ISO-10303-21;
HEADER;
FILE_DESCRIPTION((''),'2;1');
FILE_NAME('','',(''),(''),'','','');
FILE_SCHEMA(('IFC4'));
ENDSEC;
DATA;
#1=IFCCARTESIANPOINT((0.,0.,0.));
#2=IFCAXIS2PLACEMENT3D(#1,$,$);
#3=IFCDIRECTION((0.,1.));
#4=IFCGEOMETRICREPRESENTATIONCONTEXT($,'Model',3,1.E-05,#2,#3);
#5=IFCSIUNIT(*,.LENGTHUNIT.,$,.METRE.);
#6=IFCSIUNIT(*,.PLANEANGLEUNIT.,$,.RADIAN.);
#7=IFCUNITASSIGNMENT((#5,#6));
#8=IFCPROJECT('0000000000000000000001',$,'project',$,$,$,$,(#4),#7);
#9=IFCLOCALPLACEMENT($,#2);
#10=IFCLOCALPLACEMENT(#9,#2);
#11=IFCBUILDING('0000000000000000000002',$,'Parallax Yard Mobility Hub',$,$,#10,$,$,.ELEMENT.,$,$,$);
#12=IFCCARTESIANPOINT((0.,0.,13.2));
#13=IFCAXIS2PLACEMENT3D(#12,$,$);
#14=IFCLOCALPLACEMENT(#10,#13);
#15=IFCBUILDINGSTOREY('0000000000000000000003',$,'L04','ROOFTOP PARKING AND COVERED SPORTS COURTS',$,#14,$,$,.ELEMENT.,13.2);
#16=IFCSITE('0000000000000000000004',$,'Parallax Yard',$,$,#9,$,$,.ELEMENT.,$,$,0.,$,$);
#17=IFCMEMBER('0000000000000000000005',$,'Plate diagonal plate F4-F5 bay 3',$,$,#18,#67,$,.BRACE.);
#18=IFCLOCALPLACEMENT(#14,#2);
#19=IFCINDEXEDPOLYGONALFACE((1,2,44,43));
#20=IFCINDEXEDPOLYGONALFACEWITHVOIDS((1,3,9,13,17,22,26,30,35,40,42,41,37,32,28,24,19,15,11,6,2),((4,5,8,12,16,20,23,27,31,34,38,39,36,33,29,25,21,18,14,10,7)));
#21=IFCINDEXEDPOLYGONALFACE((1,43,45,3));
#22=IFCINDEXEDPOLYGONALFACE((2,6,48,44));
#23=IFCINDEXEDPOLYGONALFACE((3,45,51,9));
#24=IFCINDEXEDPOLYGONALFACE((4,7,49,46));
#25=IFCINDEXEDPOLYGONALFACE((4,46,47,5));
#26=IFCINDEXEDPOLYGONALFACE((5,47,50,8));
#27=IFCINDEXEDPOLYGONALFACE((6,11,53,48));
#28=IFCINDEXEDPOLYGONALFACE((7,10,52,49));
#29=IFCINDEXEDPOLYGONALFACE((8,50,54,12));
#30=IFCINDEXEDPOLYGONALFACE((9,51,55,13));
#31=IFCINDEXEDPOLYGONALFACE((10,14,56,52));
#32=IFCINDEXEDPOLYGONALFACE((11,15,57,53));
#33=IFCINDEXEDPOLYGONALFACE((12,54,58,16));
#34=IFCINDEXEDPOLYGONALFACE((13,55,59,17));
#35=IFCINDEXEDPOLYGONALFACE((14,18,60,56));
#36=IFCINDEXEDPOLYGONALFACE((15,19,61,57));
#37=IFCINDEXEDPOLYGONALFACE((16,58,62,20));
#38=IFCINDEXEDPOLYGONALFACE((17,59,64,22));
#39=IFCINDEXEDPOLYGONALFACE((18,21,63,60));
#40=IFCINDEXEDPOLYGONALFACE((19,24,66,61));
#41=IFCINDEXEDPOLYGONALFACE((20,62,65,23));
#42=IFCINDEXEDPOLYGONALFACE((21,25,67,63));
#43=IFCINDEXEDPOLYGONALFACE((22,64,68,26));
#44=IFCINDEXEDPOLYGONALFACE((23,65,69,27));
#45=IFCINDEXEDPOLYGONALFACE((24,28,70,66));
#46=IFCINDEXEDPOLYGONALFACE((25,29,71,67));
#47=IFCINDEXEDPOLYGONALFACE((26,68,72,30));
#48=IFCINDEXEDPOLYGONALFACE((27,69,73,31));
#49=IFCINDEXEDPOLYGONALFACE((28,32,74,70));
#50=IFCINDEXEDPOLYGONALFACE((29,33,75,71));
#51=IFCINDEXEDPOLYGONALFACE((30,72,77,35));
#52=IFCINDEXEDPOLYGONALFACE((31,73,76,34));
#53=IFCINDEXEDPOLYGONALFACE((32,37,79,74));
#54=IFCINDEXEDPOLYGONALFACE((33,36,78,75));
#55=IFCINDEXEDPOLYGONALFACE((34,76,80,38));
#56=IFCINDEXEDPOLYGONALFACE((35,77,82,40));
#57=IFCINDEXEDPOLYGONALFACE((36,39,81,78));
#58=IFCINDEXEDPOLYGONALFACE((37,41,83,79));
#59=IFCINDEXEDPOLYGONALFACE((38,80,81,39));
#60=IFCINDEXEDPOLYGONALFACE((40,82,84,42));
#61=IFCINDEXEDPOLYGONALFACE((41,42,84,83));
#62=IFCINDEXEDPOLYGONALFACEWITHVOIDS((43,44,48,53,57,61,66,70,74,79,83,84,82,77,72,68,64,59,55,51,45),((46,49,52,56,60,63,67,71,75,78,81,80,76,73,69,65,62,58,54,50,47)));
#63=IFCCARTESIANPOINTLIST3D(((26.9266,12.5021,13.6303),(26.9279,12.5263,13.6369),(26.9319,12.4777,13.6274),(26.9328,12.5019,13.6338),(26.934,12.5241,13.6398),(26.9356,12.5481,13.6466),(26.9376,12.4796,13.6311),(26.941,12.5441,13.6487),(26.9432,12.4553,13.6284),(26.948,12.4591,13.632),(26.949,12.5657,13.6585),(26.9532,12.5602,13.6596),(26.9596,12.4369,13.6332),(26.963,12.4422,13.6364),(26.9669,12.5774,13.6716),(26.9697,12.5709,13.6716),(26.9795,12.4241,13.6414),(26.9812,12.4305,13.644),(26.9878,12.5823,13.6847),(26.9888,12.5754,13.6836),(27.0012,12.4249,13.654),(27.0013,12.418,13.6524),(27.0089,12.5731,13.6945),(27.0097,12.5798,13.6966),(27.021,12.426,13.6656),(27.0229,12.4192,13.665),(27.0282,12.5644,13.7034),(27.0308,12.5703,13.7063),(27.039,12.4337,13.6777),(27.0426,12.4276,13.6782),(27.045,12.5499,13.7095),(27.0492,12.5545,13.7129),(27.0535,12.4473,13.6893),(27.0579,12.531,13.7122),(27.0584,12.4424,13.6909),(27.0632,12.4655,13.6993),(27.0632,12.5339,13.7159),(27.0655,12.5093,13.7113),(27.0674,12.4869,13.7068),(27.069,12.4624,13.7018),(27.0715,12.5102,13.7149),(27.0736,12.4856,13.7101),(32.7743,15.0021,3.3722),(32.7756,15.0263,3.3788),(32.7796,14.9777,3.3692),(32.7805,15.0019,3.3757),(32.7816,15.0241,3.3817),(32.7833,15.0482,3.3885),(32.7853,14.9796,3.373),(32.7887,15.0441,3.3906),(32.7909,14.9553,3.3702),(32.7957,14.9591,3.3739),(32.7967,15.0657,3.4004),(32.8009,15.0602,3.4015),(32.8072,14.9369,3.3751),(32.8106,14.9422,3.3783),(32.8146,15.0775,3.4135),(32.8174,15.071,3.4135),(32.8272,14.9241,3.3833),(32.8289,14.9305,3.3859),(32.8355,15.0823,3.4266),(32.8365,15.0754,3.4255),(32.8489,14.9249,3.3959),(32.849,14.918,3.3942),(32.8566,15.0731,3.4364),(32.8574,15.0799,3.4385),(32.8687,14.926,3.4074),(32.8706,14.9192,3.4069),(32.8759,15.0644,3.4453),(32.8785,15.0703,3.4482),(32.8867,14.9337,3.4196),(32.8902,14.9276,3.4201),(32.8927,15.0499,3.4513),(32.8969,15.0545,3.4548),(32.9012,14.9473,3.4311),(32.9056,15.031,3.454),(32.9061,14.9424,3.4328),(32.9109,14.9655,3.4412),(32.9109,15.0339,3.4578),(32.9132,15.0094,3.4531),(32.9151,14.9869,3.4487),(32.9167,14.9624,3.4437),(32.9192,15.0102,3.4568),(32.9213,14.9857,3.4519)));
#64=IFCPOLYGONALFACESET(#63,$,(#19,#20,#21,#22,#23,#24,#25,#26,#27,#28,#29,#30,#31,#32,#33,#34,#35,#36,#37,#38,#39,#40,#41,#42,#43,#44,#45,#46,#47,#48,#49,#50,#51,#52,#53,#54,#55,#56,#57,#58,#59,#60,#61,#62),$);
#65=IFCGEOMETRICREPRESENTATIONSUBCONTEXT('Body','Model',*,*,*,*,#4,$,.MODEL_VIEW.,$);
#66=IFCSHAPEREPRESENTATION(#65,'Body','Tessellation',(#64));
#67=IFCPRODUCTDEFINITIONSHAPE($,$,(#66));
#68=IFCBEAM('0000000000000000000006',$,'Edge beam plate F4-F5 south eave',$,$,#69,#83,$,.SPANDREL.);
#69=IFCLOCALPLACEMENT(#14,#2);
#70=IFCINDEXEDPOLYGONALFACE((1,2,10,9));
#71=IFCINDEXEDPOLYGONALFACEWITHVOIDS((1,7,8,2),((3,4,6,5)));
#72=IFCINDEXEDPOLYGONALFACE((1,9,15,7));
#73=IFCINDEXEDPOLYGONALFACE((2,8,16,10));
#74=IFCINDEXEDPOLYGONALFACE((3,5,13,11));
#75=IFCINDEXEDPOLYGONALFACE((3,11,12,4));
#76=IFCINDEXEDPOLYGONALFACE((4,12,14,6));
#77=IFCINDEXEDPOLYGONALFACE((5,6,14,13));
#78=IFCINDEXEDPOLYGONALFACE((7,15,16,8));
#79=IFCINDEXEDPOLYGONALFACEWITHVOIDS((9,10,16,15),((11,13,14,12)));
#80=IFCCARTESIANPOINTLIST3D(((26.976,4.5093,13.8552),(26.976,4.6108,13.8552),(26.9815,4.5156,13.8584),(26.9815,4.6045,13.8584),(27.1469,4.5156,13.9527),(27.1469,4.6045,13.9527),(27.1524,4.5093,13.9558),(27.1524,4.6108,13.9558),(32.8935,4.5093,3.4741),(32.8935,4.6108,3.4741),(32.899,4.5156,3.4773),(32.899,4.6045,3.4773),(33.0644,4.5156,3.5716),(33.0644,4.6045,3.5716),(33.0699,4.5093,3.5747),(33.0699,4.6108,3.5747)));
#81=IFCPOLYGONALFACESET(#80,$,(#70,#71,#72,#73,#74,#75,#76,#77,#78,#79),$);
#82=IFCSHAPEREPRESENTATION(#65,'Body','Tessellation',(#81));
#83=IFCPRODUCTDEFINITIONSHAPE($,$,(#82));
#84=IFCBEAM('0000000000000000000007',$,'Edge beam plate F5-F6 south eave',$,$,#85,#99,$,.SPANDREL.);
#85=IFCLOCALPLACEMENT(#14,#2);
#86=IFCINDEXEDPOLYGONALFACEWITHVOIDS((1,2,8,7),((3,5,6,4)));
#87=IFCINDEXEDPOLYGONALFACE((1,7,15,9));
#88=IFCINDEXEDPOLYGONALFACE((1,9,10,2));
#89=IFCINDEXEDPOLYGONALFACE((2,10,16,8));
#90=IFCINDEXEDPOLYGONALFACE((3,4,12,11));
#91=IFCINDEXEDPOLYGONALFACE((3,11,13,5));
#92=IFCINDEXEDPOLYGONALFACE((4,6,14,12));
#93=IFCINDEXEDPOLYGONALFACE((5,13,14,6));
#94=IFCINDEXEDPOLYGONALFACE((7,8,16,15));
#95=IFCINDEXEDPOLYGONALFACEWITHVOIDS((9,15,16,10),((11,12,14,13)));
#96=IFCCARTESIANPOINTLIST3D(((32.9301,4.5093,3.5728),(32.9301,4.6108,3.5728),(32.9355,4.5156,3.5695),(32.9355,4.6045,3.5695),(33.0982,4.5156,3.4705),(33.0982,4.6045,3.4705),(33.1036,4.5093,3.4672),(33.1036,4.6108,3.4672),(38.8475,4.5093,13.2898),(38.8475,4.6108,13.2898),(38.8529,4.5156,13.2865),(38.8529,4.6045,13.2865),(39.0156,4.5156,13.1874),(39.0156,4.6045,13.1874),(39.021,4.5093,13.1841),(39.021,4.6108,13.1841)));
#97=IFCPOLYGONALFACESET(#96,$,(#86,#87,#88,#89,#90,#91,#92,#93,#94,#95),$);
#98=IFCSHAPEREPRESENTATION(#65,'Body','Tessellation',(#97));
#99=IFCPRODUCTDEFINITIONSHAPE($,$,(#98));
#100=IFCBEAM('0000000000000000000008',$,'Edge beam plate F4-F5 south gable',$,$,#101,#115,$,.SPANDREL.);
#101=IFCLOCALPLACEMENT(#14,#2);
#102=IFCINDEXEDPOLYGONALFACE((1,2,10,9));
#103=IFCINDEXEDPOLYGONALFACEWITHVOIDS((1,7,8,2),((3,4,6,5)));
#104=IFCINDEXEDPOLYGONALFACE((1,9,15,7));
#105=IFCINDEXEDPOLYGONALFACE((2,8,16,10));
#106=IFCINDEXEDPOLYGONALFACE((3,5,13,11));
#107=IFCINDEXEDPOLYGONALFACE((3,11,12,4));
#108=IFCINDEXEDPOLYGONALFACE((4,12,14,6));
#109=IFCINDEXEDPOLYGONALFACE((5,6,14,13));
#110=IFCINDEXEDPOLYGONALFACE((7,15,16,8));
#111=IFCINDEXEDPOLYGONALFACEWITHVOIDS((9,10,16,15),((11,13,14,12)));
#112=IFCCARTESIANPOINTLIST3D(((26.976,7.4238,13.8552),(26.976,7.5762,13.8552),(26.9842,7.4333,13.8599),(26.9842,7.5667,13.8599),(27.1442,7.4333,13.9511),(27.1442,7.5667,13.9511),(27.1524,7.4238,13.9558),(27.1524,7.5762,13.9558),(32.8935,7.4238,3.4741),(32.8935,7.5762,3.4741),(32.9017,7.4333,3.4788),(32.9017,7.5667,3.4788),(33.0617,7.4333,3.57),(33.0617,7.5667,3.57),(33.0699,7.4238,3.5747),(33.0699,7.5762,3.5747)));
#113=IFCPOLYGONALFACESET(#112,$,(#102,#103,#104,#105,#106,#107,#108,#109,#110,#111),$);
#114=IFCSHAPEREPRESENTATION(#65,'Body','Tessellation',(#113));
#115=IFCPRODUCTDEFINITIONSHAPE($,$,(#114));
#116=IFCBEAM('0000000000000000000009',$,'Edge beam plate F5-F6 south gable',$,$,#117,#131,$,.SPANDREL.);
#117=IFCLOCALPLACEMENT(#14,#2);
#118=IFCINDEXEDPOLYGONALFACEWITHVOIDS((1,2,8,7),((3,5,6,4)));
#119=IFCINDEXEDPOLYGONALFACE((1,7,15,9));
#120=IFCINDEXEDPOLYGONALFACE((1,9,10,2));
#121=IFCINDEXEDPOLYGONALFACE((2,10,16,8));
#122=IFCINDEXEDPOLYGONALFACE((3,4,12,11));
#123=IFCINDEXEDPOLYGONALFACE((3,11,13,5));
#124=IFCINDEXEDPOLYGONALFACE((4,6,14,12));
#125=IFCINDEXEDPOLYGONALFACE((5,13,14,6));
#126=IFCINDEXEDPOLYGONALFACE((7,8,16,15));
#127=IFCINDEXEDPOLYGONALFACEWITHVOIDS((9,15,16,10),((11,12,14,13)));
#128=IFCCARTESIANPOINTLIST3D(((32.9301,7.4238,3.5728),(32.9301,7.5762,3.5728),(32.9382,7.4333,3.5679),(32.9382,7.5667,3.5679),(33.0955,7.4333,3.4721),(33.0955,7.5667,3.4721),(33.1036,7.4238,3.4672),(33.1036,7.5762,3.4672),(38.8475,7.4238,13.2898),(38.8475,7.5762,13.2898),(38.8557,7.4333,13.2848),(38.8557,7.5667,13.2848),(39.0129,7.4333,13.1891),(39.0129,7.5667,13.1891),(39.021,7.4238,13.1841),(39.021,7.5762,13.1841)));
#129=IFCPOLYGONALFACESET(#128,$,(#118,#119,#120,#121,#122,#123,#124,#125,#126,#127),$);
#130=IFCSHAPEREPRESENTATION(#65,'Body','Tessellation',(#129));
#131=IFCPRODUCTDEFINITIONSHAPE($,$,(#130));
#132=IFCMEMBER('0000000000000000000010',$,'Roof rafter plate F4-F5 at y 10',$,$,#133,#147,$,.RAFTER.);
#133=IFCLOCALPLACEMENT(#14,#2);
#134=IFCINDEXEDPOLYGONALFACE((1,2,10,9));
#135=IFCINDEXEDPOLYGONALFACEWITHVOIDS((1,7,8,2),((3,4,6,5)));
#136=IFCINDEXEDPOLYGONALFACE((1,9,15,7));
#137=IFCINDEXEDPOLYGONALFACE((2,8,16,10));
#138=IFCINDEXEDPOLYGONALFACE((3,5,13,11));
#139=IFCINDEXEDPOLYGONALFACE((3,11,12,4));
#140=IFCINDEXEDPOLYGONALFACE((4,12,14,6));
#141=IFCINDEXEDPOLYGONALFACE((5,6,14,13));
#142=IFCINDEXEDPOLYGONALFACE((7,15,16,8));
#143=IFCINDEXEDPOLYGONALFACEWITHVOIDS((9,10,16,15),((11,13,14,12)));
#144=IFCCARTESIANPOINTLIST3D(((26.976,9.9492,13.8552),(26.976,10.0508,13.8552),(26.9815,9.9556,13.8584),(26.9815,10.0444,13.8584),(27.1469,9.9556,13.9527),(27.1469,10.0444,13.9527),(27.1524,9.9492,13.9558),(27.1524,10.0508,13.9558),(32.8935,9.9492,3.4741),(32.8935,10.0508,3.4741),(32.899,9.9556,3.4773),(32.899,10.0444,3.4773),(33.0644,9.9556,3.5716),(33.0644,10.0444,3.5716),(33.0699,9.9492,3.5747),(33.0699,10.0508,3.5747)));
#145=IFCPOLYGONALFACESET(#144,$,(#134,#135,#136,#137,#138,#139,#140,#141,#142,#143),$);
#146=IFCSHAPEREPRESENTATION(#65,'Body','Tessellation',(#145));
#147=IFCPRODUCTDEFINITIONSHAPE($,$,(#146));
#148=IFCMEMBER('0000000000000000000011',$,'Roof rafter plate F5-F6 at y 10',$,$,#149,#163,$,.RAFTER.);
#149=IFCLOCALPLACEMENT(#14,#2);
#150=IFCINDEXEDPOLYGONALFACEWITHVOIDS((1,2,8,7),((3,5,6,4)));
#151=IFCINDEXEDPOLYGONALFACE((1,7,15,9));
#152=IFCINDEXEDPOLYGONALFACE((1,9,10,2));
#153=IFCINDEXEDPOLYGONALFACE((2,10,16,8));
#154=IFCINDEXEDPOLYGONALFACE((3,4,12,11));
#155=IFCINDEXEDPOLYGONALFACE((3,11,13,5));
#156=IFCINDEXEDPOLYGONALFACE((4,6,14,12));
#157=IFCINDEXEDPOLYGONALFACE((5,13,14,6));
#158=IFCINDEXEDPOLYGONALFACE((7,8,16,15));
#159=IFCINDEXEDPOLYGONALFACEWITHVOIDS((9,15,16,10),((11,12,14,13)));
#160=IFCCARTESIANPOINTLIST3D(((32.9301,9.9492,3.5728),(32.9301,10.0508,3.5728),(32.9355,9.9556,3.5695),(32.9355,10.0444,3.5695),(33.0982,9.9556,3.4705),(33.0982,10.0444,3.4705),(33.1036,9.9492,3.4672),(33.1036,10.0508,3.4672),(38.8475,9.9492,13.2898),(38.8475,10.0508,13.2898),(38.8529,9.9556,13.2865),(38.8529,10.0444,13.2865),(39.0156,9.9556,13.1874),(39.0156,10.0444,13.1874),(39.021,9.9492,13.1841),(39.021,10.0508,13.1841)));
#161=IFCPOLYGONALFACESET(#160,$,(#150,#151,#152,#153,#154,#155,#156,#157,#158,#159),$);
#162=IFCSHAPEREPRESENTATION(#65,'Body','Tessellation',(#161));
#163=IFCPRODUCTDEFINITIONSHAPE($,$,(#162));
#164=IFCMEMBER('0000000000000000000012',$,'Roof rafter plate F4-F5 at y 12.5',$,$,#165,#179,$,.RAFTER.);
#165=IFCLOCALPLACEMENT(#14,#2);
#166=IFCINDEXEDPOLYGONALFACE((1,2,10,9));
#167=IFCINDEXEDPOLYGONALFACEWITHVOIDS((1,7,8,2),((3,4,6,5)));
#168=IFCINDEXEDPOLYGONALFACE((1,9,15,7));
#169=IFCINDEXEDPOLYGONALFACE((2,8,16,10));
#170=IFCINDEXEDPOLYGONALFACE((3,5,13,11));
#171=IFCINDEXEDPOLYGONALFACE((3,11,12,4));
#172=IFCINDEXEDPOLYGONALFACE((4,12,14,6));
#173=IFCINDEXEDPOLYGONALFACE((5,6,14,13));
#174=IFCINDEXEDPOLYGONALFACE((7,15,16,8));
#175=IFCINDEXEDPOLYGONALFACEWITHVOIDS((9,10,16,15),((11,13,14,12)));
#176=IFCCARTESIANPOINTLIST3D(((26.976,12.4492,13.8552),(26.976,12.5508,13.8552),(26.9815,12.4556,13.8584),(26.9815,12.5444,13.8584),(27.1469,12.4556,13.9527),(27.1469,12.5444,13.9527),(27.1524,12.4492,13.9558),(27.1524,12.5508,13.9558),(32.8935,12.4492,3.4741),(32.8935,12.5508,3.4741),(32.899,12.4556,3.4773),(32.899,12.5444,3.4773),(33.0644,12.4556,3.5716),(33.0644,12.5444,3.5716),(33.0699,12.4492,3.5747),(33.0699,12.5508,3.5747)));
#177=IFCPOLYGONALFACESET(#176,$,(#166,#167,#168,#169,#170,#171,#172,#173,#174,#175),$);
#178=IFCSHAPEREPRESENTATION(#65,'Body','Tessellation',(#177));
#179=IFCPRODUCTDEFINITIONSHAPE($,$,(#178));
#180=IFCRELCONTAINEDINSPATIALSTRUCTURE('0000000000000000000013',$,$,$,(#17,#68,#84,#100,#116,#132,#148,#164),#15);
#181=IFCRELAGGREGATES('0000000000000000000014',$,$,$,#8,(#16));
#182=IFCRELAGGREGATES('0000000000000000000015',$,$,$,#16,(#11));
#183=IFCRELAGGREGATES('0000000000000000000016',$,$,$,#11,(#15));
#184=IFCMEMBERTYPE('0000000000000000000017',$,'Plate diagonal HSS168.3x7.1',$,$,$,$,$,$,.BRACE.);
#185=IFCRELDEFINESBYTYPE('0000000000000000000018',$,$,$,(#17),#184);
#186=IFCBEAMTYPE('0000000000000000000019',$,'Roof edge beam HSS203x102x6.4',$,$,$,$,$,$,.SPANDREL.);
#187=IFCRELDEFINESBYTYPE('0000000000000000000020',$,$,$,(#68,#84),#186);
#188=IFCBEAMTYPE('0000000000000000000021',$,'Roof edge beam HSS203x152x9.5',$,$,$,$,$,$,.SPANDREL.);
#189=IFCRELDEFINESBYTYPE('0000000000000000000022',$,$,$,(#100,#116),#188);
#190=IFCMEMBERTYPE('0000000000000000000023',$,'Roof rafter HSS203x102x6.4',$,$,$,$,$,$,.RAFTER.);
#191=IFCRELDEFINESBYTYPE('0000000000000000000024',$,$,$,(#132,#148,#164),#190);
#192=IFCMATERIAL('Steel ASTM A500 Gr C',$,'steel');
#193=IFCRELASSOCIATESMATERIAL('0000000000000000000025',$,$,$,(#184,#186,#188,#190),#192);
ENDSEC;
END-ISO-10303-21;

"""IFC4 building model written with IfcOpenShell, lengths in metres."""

from ifc_helpers import new_model, si_unit, direction, frame, origin, origin_2d, place, context, subcontext, project, spatial, hollow_rectangle, hollow_circle, extrude, material, material_profile, profile_set, type_object, element, save


model = new_model("IFC4")

# Units and contexts
model_context = context("Model", 3, precision=1e-05, world=origin(), true_north=direction((0.0, 1.0)))
body_context = subcontext(model_context, "Body", "Model", "MODEL_VIEW")
ifc_project = project(units=[si_unit("LENGTHUNIT", "METRE"), si_unit("PLANEANGLEUNIT", "RADIAN")], contexts=[model_context])

# Site, building, storey
site_placement = place(None, origin())
site = spatial("IfcSite", under=ifc_project, at=site_placement, Name="Parallax Yard", CompositionType="ELEMENT", RefElevation=0.0)
building_placement = place(site_placement, origin())
building = spatial("IfcBuilding", under=site, at=building_placement, Name="Parallax Yard Mobility Hub", CompositionType="ELEMENT")
storey_placement = place(building_placement, frame((0.0, 0.0, 13.2)))
storey = spatial("IfcBuildingStorey", under=building, at=storey_placement, Name="L04", Description="ROOFTOP PARKING AND COVERED SPORTS COURTS", CompositionType="ELEMENT", Elevation=13.2)

# Member
ifc_material_1 = material(Name="Steel ASTM A500 Gr C", Category="steel")
ifc_material_profile_1 = material_profile(ifc_material_1, hollow_circle(Radius=0.0842, WallThickness=0.0071, at=origin_2d()), Name="HSS168.3x7.1")
ifc_profile_set_1 = profile_set([ifc_material_profile_1], Name="Steel ASTM A500 Gr C")
member_type_1 = type_object("IfcMemberType", Name="Plate diagonal HSS168.3x7.1", PredefinedType="BRACE", material=ifc_profile_set_1)
for number, where, z_axis, x_axis, name in (
    (1, (27.0, 12.5, 13.6716), (0.484499, 0.207134, -0.849916), (-0.393104, 0.919494, 0.0), "Plate diagonal plate F4-F5 bay 3"),
):
    element("IfcMember", number, at=place(storey_placement, frame(where, z_axis=z_axis, x_axis=x_axis)), inside=storey, type_object=member_type_1, Name=name, PredefinedType="BRACE", context=body_context, shape_type="SweptSolid", body=[
        extrude(hollow_circle(Radius=0.0842, WallThickness=0.0071, at=origin_2d()), origin(), (0.0, 0.0, 1.0), 12.0696),
    ])

# Beams
ifc_material_profile_2 = material_profile(ifc_material_1, hollow_rectangle(XDim=0.1016, YDim=0.2031, WallThickness=0.0063, at=origin_2d()), Name="HSS203x102x6.4")
ifc_profile_set_2 = profile_set([ifc_material_profile_2], Name="Steel ASTM A500 Gr C")
beam_type_1 = type_object("IfcBeamType", Name="Roof edge beam HSS203x102x6.4", PredefinedType="SPANDREL", material=ifc_profile_set_2)
beam_1_placement = place(storey_placement, frame((27.0642, 4.5601, 13.9055), z_axis=(0.495219, 0.0, -0.868768), x_axis=(0.0, 1.0, 0.0)))
element("IfcBeam", 2, at=beam_1_placement, inside=storey, type_object=beam_type_1, Name="Edge beam plate F4-F5 south eave", PredefinedType="SPANDREL", context=body_context, shape_type="SweptSolid", body=[
    extrude(hollow_rectangle(XDim=0.1016, YDim=0.2031, WallThickness=0.0063, at=origin_2d()), origin(), (0.0, 0.0, 1.0), 11.9492),
])
beam_2_placement = place(storey_placement, frame((33.0168, 4.5601, 3.52), z_axis=(0.520124, 0.0, 0.854091), x_axis=(0.0, 1.0, 0.0)))
element("IfcBeam", 3, at=beam_2_placement, inside=storey, type_object=beam_type_1, Name="Edge beam plate F5-F6 south eave", PredefinedType="SPANDREL", context=body_context, shape_type="SweptSolid", body=[
    extrude(hollow_rectangle(XDim=0.1016, YDim=0.2031, WallThickness=0.0063, at=origin_2d()), origin(), (0.0, 0.0, 1.0), 11.377),
])
ifc_material_profile_3 = material_profile(ifc_material_1, hollow_rectangle(XDim=0.1523, YDim=0.2031, WallThickness=0.0095, at=origin_2d()), Name="HSS203x152x9.5")
ifc_profile_set_3 = profile_set([ifc_material_profile_3], Name="Steel ASTM A500 Gr C")
beam_type_2 = type_object("IfcBeamType", Name="Roof edge beam HSS203x152x9.5", PredefinedType="SPANDREL", material=ifc_profile_set_3)
beam_3_placement = place(storey_placement, frame((27.0642, 7.5, 13.9055), z_axis=(0.495219, 0.0, -0.868768), x_axis=(0.0, 1.0, 0.0)))
element("IfcBeam", 4, at=beam_3_placement, inside=storey, type_object=beam_type_2, Name="Edge beam plate F4-F5 south gable", PredefinedType="SPANDREL", context=body_context, shape_type="SweptSolid", body=[
    extrude(hollow_rectangle(XDim=0.1523, YDim=0.2031, WallThickness=0.0095, at=origin_2d()), origin(), (0.0, 0.0, 1.0), 11.9492),
])
beam_4_placement = place(storey_placement, frame((33.0168, 7.5, 3.52), z_axis=(0.520124, 0.0, 0.854091), x_axis=(0.0, 1.0, 0.0)))
element("IfcBeam", 5, at=beam_4_placement, inside=storey, type_object=beam_type_2, Name="Edge beam plate F5-F6 south gable", PredefinedType="SPANDREL", context=body_context, shape_type="SweptSolid", body=[
    extrude(hollow_rectangle(XDim=0.1523, YDim=0.2031, WallThickness=0.0095, at=origin_2d()), origin(), (0.0, 0.0, 1.0), 11.377),
])

# Members
ifc_material_profile_4 = material_profile(ifc_material_1, hollow_rectangle(XDim=0.1016, YDim=0.2031, WallThickness=0.0063, at=origin_2d()), Name="HSS203x102x6.4")
ifc_profile_set_4 = profile_set([ifc_material_profile_4], Name="Steel ASTM A500 Gr C")
member_type_2 = type_object("IfcMemberType", Name="Roof rafter HSS203x102x6.4", PredefinedType="RAFTER", material=ifc_profile_set_4)
member_1_placement = place(storey_placement, frame((27.0642, 10.0, 13.9055), z_axis=(0.495219, 0.0, -0.868768), x_axis=(0.0, 1.0, 0.0)))
element("IfcMember", 6, at=member_1_placement, inside=storey, type_object=member_type_2, Name="Roof rafter plate F4-F5 at y 10", PredefinedType="RAFTER", context=body_context, shape_type="SweptSolid", body=[
    extrude(hollow_rectangle(XDim=0.1016, YDim=0.2031, WallThickness=0.0063, at=origin_2d()), origin(), (0.0, 0.0, 1.0), 11.9492),
])
member_2_placement = place(storey_placement, frame((33.0168, 10.0, 3.52), z_axis=(0.520124, 0.0, 0.854091), x_axis=(0.0, 1.0, 0.0)))
element("IfcMember", 7, at=member_2_placement, inside=storey, type_object=member_type_2, Name="Roof rafter plate F5-F6 at y 10", PredefinedType="RAFTER", context=body_context, shape_type="SweptSolid", body=[
    extrude(hollow_rectangle(XDim=0.1016, YDim=0.2031, WallThickness=0.0063, at=origin_2d()), origin(), (0.0, 0.0, 1.0), 11.377),
])
member_3_placement = place(storey_placement, frame((27.0642, 12.5, 13.9055), z_axis=(0.495219, 0.0, -0.868768), x_axis=(0.0, 1.0, 0.0)))
element("IfcMember", 8, at=member_3_placement, inside=storey, type_object=member_type_2, Name="Roof rafter plate F4-F5 at y 12.5", PredefinedType="RAFTER", context=body_context, shape_type="SweptSolid", body=[
    extrude(hollow_rectangle(XDim=0.1016, YDim=0.2031, WallThickness=0.0063, at=origin_2d()), origin(), (0.0, 0.0, 1.0), 11.9492),
])

save(model, "model.ifc")
